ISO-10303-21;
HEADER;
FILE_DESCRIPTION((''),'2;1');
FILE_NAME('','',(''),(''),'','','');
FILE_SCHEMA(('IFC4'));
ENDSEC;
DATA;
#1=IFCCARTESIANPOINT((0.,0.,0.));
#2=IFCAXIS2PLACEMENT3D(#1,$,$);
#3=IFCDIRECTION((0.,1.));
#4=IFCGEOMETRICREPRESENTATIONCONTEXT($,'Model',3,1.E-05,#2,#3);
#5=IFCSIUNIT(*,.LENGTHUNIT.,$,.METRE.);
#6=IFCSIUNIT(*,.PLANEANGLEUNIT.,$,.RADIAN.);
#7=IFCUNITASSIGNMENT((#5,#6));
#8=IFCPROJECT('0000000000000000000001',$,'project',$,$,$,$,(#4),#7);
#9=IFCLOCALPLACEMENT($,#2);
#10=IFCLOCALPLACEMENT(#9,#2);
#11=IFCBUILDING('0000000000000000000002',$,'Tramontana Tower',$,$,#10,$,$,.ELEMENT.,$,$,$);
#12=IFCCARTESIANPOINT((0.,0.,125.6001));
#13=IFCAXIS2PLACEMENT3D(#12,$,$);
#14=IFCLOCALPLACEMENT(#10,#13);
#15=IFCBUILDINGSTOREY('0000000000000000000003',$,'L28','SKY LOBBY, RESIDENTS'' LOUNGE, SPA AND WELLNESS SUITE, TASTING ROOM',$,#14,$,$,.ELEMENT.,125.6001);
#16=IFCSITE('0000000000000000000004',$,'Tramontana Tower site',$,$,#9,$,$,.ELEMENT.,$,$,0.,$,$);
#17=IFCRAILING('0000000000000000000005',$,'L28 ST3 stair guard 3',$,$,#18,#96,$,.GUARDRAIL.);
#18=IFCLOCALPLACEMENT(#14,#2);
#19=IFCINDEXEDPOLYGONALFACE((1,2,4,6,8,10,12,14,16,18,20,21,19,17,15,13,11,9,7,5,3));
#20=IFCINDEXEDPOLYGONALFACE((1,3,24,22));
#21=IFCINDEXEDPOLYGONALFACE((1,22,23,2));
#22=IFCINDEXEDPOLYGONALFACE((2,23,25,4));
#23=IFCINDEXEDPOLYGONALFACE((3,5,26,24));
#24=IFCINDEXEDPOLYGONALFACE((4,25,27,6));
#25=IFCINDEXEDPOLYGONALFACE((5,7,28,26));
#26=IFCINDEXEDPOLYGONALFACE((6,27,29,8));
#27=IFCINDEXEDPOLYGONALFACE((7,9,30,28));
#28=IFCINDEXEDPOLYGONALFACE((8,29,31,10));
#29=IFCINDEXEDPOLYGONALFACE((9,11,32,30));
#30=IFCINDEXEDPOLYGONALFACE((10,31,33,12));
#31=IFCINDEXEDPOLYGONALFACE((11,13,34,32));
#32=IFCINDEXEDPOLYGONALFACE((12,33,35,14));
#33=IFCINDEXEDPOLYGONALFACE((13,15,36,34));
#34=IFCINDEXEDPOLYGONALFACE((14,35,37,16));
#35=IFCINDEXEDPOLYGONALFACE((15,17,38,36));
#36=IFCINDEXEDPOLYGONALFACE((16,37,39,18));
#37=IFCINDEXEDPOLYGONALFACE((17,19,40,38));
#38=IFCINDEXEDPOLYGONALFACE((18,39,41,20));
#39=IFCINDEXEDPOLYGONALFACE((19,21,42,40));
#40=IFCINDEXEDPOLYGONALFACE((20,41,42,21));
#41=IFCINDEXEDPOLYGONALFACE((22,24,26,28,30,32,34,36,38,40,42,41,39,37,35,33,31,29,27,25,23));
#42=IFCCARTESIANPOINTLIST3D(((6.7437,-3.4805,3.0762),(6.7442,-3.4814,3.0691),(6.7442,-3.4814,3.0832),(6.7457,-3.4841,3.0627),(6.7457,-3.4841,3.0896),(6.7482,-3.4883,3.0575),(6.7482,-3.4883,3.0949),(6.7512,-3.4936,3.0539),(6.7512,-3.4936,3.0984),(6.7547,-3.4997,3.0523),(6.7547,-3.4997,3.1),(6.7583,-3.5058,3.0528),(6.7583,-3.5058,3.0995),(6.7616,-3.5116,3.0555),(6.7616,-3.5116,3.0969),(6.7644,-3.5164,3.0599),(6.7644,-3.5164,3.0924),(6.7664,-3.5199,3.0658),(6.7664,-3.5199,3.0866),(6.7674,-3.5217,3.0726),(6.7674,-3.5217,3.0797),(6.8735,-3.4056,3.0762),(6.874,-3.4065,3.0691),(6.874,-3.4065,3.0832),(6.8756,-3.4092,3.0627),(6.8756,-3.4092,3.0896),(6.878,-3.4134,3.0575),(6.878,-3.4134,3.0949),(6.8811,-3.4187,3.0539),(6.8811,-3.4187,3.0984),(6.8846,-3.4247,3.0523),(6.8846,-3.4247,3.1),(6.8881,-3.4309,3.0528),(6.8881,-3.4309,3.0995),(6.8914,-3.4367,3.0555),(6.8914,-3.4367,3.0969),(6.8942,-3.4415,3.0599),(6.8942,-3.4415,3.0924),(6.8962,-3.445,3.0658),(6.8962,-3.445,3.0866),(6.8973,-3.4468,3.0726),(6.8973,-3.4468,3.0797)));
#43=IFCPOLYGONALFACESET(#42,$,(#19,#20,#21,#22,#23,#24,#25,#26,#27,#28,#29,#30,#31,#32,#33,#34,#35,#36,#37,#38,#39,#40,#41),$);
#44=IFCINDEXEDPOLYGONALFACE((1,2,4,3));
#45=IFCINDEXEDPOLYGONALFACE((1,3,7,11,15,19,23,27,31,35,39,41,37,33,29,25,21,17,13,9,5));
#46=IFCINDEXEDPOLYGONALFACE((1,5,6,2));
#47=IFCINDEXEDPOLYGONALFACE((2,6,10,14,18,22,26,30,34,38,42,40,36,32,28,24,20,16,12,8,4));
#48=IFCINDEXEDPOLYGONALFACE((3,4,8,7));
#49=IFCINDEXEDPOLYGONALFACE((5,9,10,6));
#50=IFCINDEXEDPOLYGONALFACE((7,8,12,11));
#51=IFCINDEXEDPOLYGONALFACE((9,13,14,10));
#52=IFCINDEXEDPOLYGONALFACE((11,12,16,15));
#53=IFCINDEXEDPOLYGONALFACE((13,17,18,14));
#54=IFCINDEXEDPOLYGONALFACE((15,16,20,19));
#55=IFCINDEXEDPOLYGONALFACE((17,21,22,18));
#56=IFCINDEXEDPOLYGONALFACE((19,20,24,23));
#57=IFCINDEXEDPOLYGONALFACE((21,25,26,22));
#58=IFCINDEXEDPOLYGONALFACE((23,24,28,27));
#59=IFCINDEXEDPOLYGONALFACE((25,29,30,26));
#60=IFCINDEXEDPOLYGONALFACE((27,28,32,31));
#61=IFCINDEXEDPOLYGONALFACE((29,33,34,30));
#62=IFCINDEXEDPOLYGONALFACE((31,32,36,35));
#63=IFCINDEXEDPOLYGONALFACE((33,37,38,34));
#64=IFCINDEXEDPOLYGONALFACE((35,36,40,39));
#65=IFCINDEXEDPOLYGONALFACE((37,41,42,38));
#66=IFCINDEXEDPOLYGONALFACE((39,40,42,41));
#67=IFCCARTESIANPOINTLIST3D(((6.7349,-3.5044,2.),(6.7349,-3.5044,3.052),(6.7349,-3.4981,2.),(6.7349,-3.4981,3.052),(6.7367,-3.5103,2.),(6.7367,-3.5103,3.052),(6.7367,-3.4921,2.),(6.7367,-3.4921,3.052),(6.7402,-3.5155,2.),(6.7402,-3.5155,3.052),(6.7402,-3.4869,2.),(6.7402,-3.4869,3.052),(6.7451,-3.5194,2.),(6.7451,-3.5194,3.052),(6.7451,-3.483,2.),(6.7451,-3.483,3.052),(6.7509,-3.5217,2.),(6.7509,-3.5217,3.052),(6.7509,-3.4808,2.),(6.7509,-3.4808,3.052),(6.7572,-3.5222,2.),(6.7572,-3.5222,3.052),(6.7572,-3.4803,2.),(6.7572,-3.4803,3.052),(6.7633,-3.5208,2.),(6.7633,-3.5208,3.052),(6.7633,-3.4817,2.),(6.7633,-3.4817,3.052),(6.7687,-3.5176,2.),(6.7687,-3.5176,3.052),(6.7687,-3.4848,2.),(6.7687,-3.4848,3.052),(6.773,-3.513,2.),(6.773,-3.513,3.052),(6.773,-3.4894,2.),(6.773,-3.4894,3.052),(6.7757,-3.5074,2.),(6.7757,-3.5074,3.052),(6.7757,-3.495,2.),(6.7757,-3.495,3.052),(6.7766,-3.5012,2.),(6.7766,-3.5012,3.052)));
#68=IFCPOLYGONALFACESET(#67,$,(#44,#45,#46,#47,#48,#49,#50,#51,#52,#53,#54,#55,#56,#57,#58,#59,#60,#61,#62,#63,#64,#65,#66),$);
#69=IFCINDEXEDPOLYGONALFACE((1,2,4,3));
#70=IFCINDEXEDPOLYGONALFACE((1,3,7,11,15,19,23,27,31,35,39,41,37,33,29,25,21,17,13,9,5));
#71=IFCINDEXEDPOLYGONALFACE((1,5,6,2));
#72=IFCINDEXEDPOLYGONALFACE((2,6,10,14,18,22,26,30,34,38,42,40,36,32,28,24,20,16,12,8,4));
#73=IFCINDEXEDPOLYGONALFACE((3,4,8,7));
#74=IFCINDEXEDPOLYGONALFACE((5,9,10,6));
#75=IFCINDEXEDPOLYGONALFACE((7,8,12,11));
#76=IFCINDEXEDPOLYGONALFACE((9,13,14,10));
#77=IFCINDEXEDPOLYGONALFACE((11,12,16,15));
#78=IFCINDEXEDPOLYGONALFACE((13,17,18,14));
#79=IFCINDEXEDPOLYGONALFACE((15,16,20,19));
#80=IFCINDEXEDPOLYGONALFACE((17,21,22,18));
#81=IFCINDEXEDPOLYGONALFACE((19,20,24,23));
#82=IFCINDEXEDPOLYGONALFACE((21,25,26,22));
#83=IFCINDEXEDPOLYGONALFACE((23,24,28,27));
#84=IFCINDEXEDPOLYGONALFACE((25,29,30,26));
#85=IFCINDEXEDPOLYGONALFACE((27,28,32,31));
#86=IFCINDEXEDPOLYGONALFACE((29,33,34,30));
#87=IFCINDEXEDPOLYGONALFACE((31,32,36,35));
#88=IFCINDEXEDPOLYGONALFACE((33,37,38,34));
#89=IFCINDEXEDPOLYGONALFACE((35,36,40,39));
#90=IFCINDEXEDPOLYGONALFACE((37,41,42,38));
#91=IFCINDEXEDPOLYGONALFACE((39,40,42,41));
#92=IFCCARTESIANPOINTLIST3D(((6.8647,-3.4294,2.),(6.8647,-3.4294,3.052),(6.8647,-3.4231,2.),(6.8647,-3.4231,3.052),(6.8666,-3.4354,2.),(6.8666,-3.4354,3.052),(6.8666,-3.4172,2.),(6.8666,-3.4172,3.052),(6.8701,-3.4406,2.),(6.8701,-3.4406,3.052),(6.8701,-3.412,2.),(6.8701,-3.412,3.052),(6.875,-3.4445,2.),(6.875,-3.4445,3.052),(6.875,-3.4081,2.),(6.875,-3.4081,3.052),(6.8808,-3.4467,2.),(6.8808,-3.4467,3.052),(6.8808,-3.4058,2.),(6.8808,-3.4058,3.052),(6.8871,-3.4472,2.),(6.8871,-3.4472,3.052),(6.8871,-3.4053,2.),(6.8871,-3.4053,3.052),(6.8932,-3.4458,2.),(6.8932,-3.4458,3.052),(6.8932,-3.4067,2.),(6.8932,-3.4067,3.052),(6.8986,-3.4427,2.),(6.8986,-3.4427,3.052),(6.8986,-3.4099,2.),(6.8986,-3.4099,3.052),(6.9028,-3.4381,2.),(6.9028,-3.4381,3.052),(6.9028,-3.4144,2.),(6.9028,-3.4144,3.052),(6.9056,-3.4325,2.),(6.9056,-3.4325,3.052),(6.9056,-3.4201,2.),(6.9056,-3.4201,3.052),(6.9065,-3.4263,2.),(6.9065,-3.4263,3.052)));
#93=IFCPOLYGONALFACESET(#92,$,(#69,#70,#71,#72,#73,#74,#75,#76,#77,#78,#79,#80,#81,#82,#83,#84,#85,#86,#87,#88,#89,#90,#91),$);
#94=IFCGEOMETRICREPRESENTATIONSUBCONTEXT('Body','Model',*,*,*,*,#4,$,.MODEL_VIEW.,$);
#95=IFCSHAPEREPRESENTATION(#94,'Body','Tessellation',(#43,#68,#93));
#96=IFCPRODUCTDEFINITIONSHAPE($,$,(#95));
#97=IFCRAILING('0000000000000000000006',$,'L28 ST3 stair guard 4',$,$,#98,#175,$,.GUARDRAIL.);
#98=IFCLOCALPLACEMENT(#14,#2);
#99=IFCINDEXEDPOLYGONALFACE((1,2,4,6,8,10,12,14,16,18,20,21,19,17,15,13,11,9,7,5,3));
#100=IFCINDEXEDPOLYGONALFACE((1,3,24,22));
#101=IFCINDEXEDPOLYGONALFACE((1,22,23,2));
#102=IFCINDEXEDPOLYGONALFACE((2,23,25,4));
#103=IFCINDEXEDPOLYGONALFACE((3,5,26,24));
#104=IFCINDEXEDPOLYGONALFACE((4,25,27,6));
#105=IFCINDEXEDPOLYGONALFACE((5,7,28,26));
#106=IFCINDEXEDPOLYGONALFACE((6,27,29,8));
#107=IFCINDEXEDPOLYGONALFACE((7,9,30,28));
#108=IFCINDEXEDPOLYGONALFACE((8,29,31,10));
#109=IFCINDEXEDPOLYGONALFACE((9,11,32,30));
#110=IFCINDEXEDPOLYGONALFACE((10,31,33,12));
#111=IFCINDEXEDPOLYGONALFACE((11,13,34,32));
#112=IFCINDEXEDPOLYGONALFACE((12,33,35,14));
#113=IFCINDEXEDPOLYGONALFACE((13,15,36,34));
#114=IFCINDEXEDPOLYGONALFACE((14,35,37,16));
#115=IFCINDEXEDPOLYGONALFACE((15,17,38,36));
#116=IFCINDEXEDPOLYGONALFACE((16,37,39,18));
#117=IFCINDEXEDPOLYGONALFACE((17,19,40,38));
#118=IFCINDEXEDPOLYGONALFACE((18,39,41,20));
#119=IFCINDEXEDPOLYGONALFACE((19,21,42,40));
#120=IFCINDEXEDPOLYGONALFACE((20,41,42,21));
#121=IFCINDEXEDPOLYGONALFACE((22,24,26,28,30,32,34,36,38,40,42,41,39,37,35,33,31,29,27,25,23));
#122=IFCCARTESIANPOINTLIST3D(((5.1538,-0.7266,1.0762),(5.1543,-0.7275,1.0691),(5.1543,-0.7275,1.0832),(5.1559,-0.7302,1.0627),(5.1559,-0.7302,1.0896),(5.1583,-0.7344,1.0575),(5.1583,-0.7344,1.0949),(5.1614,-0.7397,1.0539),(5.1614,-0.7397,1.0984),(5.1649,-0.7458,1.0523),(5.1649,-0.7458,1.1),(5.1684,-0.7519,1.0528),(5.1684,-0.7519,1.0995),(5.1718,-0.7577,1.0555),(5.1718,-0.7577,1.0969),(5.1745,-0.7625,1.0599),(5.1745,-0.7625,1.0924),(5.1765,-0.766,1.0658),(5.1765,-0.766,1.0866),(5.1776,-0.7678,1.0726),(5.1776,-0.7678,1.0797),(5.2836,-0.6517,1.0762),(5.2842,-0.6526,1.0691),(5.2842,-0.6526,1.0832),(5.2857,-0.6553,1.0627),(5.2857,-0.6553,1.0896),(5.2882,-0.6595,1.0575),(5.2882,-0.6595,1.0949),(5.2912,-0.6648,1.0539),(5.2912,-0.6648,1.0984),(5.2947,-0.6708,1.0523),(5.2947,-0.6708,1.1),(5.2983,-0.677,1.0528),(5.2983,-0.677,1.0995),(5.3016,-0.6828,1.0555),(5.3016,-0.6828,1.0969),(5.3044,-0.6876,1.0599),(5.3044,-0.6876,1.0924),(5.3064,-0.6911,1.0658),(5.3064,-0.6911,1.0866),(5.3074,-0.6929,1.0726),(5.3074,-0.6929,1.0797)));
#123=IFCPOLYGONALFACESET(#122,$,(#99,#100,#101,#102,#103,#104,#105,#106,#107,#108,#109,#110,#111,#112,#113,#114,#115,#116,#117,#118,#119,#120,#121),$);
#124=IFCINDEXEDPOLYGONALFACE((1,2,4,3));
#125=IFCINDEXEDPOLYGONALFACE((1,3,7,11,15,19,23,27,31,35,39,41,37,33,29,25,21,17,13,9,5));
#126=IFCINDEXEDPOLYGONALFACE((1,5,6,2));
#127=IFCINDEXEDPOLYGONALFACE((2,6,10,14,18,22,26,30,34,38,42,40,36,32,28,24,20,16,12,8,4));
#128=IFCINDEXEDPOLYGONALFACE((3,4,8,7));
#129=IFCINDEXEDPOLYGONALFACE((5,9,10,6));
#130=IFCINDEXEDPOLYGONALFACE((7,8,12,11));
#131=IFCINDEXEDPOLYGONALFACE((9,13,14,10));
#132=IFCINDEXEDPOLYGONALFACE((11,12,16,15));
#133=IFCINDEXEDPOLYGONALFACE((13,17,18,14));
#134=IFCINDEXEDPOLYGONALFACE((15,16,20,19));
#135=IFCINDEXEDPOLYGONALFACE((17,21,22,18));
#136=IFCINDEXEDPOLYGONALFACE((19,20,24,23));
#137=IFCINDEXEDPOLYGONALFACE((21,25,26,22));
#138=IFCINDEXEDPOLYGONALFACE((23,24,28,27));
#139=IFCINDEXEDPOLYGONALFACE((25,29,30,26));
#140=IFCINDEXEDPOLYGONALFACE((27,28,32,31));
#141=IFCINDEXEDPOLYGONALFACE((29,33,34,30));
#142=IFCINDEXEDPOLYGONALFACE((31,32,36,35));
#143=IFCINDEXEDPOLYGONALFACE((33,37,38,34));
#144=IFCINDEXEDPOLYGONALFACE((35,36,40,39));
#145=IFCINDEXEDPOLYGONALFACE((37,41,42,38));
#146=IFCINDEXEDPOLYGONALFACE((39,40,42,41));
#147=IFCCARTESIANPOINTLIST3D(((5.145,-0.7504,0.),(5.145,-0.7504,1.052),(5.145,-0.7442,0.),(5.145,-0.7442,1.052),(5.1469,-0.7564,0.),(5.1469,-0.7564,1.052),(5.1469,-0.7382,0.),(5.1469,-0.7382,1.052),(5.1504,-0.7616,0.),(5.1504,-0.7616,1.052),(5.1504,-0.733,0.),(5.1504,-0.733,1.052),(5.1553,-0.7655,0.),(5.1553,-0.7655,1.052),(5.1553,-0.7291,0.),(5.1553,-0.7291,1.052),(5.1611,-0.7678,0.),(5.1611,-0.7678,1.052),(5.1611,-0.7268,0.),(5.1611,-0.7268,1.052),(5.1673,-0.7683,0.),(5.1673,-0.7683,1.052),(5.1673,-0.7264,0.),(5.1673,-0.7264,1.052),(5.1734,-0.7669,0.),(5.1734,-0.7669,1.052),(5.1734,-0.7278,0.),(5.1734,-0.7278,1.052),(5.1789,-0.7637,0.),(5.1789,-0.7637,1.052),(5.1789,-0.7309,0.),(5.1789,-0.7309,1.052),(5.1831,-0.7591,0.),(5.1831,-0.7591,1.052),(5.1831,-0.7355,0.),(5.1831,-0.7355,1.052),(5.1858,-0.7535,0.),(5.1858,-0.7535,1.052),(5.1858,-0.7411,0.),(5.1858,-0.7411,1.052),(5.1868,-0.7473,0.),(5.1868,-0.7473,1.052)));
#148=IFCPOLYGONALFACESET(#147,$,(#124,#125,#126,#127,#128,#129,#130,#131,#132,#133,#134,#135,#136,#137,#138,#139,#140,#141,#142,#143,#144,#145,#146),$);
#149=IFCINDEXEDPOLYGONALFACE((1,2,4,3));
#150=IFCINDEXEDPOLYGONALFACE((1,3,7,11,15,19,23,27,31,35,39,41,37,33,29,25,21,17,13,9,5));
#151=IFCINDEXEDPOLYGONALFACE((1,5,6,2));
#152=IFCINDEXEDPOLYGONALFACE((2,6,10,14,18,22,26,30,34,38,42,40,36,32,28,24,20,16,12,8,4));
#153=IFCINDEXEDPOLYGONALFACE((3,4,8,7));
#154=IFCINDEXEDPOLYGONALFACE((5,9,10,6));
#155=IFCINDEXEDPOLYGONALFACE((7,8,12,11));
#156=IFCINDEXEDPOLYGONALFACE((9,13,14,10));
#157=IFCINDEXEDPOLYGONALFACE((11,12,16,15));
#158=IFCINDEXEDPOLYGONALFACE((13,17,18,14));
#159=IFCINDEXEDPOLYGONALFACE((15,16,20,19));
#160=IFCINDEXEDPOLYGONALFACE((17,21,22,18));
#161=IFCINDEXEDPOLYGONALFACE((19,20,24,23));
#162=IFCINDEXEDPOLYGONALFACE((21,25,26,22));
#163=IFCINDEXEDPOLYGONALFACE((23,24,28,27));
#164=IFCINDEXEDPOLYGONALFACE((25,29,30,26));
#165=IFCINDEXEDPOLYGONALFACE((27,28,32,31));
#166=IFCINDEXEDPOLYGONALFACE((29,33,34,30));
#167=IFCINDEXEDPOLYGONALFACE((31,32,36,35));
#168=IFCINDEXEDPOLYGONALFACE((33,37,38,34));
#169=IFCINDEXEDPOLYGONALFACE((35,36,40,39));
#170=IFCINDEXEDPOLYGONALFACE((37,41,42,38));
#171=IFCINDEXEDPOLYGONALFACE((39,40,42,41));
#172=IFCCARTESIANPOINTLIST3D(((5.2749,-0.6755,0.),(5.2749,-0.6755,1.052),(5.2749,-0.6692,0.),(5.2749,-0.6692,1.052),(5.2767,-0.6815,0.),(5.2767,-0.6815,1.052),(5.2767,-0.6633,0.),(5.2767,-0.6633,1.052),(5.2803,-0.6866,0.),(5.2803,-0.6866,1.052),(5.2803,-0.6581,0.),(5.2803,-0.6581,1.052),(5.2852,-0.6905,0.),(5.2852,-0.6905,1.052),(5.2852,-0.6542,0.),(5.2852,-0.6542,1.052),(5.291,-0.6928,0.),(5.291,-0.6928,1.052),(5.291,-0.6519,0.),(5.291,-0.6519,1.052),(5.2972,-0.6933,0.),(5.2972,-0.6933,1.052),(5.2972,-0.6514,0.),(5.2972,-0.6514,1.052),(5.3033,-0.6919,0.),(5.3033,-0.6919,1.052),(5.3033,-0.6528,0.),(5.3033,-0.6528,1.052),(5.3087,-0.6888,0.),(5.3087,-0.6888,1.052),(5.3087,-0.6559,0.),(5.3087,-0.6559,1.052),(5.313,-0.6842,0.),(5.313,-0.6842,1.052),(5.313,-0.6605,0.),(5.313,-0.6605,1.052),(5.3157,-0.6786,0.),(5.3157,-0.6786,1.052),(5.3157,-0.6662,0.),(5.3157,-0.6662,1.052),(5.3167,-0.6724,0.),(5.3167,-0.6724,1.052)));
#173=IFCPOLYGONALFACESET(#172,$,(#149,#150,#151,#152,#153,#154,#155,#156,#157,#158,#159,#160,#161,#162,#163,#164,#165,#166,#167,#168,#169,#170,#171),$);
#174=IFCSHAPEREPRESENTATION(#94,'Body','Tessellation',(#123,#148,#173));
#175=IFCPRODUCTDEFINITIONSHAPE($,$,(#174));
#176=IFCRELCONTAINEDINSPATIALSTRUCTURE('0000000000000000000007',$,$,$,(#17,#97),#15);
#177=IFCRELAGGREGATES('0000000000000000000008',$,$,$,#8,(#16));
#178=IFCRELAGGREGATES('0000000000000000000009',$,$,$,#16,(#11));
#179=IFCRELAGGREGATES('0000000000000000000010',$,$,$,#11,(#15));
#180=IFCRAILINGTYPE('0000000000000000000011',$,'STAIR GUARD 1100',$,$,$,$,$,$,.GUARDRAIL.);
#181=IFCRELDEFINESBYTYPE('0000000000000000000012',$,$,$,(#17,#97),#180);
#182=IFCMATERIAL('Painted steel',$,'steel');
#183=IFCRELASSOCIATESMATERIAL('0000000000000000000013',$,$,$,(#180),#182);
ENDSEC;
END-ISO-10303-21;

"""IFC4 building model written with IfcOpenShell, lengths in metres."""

from ifc_helpers import new_model, si_unit, direction, frame, origin, origin_2d, place, context, subcontext, project, spatial, circle, extrude, material, type_object, element, save


model = new_model("IFC4")

# Units and contexts
model_context = context("Model", 3, precision=1e-05, world=origin(), true_north=direction((0.0, 1.0)))
body_context = subcontext(model_context, "Body", "Model", "MODEL_VIEW")
ifc_project = project(units=[si_unit("LENGTHUNIT", "METRE"), si_unit("PLANEANGLEUNIT", "RADIAN")], contexts=[model_context])

# Site, building, storey
site_placement = place(None, origin())
site = spatial("IfcSite", under=ifc_project, at=site_placement, Name="Tramontana Tower site", CompositionType="ELEMENT", RefElevation=0.0)
building_placement = place(site_placement, origin())
building = spatial("IfcBuilding", under=site, at=building_placement, Name="Tramontana Tower", CompositionType="ELEMENT")
storey_placement = place(building_placement, frame((0.0, 0.0, 125.6001)))
storey = spatial("IfcBuildingStorey", under=building, at=storey_placement, Name="L28", Description="SKY LOBBY, RESIDENTS' LOUNGE, SPA AND WELLNESS SUITE, TASTING ROOM", CompositionType="ELEMENT", Elevation=125.6001)

# Railings
ifc_material_1 = material(Name="Painted steel", Category="steel")
railing_type_1 = type_object("IfcRailingType", Name="STAIR GUARD 1100", PredefinedType="GUARDRAIL", material=ifc_material_1)
for number, where, name in (
    (1, (6.7556, -3.5012, 2.0), "L28 ST3 stair guard 3"),
    (2, (5.1658, -0.7473, 0.0), "L28 ST3 stair guard 4"),
):
    element("IfcRailing", number, at=place(storey_placement, frame(where)), inside=storey, type_object=railing_type_1, Name=name, PredefinedType="GUARDRAIL", context=body_context, shape_type="SweptSolid", body=[
        extrude(circle(Radius=0.0239, at=origin_2d()), frame((0.0, 0.0, 1.0762), z_axis=(0.866131, 0.499816, 0.0), x_axis=(-0.499816, 0.866131, 0.0)), (0.0, 0.0, 1.0), 0.1499),
        extrude(circle(Radius=0.021, at=origin_2d()), origin(), (0.0, 0.0, 1.0), 1.052),
        extrude(circle(Radius=0.021, at=origin_2d()), frame((0.1299, 0.075, 0.0)), (0.0, 0.0, 1.0), 1.052),
    ])

save(model, "model.ifc")
